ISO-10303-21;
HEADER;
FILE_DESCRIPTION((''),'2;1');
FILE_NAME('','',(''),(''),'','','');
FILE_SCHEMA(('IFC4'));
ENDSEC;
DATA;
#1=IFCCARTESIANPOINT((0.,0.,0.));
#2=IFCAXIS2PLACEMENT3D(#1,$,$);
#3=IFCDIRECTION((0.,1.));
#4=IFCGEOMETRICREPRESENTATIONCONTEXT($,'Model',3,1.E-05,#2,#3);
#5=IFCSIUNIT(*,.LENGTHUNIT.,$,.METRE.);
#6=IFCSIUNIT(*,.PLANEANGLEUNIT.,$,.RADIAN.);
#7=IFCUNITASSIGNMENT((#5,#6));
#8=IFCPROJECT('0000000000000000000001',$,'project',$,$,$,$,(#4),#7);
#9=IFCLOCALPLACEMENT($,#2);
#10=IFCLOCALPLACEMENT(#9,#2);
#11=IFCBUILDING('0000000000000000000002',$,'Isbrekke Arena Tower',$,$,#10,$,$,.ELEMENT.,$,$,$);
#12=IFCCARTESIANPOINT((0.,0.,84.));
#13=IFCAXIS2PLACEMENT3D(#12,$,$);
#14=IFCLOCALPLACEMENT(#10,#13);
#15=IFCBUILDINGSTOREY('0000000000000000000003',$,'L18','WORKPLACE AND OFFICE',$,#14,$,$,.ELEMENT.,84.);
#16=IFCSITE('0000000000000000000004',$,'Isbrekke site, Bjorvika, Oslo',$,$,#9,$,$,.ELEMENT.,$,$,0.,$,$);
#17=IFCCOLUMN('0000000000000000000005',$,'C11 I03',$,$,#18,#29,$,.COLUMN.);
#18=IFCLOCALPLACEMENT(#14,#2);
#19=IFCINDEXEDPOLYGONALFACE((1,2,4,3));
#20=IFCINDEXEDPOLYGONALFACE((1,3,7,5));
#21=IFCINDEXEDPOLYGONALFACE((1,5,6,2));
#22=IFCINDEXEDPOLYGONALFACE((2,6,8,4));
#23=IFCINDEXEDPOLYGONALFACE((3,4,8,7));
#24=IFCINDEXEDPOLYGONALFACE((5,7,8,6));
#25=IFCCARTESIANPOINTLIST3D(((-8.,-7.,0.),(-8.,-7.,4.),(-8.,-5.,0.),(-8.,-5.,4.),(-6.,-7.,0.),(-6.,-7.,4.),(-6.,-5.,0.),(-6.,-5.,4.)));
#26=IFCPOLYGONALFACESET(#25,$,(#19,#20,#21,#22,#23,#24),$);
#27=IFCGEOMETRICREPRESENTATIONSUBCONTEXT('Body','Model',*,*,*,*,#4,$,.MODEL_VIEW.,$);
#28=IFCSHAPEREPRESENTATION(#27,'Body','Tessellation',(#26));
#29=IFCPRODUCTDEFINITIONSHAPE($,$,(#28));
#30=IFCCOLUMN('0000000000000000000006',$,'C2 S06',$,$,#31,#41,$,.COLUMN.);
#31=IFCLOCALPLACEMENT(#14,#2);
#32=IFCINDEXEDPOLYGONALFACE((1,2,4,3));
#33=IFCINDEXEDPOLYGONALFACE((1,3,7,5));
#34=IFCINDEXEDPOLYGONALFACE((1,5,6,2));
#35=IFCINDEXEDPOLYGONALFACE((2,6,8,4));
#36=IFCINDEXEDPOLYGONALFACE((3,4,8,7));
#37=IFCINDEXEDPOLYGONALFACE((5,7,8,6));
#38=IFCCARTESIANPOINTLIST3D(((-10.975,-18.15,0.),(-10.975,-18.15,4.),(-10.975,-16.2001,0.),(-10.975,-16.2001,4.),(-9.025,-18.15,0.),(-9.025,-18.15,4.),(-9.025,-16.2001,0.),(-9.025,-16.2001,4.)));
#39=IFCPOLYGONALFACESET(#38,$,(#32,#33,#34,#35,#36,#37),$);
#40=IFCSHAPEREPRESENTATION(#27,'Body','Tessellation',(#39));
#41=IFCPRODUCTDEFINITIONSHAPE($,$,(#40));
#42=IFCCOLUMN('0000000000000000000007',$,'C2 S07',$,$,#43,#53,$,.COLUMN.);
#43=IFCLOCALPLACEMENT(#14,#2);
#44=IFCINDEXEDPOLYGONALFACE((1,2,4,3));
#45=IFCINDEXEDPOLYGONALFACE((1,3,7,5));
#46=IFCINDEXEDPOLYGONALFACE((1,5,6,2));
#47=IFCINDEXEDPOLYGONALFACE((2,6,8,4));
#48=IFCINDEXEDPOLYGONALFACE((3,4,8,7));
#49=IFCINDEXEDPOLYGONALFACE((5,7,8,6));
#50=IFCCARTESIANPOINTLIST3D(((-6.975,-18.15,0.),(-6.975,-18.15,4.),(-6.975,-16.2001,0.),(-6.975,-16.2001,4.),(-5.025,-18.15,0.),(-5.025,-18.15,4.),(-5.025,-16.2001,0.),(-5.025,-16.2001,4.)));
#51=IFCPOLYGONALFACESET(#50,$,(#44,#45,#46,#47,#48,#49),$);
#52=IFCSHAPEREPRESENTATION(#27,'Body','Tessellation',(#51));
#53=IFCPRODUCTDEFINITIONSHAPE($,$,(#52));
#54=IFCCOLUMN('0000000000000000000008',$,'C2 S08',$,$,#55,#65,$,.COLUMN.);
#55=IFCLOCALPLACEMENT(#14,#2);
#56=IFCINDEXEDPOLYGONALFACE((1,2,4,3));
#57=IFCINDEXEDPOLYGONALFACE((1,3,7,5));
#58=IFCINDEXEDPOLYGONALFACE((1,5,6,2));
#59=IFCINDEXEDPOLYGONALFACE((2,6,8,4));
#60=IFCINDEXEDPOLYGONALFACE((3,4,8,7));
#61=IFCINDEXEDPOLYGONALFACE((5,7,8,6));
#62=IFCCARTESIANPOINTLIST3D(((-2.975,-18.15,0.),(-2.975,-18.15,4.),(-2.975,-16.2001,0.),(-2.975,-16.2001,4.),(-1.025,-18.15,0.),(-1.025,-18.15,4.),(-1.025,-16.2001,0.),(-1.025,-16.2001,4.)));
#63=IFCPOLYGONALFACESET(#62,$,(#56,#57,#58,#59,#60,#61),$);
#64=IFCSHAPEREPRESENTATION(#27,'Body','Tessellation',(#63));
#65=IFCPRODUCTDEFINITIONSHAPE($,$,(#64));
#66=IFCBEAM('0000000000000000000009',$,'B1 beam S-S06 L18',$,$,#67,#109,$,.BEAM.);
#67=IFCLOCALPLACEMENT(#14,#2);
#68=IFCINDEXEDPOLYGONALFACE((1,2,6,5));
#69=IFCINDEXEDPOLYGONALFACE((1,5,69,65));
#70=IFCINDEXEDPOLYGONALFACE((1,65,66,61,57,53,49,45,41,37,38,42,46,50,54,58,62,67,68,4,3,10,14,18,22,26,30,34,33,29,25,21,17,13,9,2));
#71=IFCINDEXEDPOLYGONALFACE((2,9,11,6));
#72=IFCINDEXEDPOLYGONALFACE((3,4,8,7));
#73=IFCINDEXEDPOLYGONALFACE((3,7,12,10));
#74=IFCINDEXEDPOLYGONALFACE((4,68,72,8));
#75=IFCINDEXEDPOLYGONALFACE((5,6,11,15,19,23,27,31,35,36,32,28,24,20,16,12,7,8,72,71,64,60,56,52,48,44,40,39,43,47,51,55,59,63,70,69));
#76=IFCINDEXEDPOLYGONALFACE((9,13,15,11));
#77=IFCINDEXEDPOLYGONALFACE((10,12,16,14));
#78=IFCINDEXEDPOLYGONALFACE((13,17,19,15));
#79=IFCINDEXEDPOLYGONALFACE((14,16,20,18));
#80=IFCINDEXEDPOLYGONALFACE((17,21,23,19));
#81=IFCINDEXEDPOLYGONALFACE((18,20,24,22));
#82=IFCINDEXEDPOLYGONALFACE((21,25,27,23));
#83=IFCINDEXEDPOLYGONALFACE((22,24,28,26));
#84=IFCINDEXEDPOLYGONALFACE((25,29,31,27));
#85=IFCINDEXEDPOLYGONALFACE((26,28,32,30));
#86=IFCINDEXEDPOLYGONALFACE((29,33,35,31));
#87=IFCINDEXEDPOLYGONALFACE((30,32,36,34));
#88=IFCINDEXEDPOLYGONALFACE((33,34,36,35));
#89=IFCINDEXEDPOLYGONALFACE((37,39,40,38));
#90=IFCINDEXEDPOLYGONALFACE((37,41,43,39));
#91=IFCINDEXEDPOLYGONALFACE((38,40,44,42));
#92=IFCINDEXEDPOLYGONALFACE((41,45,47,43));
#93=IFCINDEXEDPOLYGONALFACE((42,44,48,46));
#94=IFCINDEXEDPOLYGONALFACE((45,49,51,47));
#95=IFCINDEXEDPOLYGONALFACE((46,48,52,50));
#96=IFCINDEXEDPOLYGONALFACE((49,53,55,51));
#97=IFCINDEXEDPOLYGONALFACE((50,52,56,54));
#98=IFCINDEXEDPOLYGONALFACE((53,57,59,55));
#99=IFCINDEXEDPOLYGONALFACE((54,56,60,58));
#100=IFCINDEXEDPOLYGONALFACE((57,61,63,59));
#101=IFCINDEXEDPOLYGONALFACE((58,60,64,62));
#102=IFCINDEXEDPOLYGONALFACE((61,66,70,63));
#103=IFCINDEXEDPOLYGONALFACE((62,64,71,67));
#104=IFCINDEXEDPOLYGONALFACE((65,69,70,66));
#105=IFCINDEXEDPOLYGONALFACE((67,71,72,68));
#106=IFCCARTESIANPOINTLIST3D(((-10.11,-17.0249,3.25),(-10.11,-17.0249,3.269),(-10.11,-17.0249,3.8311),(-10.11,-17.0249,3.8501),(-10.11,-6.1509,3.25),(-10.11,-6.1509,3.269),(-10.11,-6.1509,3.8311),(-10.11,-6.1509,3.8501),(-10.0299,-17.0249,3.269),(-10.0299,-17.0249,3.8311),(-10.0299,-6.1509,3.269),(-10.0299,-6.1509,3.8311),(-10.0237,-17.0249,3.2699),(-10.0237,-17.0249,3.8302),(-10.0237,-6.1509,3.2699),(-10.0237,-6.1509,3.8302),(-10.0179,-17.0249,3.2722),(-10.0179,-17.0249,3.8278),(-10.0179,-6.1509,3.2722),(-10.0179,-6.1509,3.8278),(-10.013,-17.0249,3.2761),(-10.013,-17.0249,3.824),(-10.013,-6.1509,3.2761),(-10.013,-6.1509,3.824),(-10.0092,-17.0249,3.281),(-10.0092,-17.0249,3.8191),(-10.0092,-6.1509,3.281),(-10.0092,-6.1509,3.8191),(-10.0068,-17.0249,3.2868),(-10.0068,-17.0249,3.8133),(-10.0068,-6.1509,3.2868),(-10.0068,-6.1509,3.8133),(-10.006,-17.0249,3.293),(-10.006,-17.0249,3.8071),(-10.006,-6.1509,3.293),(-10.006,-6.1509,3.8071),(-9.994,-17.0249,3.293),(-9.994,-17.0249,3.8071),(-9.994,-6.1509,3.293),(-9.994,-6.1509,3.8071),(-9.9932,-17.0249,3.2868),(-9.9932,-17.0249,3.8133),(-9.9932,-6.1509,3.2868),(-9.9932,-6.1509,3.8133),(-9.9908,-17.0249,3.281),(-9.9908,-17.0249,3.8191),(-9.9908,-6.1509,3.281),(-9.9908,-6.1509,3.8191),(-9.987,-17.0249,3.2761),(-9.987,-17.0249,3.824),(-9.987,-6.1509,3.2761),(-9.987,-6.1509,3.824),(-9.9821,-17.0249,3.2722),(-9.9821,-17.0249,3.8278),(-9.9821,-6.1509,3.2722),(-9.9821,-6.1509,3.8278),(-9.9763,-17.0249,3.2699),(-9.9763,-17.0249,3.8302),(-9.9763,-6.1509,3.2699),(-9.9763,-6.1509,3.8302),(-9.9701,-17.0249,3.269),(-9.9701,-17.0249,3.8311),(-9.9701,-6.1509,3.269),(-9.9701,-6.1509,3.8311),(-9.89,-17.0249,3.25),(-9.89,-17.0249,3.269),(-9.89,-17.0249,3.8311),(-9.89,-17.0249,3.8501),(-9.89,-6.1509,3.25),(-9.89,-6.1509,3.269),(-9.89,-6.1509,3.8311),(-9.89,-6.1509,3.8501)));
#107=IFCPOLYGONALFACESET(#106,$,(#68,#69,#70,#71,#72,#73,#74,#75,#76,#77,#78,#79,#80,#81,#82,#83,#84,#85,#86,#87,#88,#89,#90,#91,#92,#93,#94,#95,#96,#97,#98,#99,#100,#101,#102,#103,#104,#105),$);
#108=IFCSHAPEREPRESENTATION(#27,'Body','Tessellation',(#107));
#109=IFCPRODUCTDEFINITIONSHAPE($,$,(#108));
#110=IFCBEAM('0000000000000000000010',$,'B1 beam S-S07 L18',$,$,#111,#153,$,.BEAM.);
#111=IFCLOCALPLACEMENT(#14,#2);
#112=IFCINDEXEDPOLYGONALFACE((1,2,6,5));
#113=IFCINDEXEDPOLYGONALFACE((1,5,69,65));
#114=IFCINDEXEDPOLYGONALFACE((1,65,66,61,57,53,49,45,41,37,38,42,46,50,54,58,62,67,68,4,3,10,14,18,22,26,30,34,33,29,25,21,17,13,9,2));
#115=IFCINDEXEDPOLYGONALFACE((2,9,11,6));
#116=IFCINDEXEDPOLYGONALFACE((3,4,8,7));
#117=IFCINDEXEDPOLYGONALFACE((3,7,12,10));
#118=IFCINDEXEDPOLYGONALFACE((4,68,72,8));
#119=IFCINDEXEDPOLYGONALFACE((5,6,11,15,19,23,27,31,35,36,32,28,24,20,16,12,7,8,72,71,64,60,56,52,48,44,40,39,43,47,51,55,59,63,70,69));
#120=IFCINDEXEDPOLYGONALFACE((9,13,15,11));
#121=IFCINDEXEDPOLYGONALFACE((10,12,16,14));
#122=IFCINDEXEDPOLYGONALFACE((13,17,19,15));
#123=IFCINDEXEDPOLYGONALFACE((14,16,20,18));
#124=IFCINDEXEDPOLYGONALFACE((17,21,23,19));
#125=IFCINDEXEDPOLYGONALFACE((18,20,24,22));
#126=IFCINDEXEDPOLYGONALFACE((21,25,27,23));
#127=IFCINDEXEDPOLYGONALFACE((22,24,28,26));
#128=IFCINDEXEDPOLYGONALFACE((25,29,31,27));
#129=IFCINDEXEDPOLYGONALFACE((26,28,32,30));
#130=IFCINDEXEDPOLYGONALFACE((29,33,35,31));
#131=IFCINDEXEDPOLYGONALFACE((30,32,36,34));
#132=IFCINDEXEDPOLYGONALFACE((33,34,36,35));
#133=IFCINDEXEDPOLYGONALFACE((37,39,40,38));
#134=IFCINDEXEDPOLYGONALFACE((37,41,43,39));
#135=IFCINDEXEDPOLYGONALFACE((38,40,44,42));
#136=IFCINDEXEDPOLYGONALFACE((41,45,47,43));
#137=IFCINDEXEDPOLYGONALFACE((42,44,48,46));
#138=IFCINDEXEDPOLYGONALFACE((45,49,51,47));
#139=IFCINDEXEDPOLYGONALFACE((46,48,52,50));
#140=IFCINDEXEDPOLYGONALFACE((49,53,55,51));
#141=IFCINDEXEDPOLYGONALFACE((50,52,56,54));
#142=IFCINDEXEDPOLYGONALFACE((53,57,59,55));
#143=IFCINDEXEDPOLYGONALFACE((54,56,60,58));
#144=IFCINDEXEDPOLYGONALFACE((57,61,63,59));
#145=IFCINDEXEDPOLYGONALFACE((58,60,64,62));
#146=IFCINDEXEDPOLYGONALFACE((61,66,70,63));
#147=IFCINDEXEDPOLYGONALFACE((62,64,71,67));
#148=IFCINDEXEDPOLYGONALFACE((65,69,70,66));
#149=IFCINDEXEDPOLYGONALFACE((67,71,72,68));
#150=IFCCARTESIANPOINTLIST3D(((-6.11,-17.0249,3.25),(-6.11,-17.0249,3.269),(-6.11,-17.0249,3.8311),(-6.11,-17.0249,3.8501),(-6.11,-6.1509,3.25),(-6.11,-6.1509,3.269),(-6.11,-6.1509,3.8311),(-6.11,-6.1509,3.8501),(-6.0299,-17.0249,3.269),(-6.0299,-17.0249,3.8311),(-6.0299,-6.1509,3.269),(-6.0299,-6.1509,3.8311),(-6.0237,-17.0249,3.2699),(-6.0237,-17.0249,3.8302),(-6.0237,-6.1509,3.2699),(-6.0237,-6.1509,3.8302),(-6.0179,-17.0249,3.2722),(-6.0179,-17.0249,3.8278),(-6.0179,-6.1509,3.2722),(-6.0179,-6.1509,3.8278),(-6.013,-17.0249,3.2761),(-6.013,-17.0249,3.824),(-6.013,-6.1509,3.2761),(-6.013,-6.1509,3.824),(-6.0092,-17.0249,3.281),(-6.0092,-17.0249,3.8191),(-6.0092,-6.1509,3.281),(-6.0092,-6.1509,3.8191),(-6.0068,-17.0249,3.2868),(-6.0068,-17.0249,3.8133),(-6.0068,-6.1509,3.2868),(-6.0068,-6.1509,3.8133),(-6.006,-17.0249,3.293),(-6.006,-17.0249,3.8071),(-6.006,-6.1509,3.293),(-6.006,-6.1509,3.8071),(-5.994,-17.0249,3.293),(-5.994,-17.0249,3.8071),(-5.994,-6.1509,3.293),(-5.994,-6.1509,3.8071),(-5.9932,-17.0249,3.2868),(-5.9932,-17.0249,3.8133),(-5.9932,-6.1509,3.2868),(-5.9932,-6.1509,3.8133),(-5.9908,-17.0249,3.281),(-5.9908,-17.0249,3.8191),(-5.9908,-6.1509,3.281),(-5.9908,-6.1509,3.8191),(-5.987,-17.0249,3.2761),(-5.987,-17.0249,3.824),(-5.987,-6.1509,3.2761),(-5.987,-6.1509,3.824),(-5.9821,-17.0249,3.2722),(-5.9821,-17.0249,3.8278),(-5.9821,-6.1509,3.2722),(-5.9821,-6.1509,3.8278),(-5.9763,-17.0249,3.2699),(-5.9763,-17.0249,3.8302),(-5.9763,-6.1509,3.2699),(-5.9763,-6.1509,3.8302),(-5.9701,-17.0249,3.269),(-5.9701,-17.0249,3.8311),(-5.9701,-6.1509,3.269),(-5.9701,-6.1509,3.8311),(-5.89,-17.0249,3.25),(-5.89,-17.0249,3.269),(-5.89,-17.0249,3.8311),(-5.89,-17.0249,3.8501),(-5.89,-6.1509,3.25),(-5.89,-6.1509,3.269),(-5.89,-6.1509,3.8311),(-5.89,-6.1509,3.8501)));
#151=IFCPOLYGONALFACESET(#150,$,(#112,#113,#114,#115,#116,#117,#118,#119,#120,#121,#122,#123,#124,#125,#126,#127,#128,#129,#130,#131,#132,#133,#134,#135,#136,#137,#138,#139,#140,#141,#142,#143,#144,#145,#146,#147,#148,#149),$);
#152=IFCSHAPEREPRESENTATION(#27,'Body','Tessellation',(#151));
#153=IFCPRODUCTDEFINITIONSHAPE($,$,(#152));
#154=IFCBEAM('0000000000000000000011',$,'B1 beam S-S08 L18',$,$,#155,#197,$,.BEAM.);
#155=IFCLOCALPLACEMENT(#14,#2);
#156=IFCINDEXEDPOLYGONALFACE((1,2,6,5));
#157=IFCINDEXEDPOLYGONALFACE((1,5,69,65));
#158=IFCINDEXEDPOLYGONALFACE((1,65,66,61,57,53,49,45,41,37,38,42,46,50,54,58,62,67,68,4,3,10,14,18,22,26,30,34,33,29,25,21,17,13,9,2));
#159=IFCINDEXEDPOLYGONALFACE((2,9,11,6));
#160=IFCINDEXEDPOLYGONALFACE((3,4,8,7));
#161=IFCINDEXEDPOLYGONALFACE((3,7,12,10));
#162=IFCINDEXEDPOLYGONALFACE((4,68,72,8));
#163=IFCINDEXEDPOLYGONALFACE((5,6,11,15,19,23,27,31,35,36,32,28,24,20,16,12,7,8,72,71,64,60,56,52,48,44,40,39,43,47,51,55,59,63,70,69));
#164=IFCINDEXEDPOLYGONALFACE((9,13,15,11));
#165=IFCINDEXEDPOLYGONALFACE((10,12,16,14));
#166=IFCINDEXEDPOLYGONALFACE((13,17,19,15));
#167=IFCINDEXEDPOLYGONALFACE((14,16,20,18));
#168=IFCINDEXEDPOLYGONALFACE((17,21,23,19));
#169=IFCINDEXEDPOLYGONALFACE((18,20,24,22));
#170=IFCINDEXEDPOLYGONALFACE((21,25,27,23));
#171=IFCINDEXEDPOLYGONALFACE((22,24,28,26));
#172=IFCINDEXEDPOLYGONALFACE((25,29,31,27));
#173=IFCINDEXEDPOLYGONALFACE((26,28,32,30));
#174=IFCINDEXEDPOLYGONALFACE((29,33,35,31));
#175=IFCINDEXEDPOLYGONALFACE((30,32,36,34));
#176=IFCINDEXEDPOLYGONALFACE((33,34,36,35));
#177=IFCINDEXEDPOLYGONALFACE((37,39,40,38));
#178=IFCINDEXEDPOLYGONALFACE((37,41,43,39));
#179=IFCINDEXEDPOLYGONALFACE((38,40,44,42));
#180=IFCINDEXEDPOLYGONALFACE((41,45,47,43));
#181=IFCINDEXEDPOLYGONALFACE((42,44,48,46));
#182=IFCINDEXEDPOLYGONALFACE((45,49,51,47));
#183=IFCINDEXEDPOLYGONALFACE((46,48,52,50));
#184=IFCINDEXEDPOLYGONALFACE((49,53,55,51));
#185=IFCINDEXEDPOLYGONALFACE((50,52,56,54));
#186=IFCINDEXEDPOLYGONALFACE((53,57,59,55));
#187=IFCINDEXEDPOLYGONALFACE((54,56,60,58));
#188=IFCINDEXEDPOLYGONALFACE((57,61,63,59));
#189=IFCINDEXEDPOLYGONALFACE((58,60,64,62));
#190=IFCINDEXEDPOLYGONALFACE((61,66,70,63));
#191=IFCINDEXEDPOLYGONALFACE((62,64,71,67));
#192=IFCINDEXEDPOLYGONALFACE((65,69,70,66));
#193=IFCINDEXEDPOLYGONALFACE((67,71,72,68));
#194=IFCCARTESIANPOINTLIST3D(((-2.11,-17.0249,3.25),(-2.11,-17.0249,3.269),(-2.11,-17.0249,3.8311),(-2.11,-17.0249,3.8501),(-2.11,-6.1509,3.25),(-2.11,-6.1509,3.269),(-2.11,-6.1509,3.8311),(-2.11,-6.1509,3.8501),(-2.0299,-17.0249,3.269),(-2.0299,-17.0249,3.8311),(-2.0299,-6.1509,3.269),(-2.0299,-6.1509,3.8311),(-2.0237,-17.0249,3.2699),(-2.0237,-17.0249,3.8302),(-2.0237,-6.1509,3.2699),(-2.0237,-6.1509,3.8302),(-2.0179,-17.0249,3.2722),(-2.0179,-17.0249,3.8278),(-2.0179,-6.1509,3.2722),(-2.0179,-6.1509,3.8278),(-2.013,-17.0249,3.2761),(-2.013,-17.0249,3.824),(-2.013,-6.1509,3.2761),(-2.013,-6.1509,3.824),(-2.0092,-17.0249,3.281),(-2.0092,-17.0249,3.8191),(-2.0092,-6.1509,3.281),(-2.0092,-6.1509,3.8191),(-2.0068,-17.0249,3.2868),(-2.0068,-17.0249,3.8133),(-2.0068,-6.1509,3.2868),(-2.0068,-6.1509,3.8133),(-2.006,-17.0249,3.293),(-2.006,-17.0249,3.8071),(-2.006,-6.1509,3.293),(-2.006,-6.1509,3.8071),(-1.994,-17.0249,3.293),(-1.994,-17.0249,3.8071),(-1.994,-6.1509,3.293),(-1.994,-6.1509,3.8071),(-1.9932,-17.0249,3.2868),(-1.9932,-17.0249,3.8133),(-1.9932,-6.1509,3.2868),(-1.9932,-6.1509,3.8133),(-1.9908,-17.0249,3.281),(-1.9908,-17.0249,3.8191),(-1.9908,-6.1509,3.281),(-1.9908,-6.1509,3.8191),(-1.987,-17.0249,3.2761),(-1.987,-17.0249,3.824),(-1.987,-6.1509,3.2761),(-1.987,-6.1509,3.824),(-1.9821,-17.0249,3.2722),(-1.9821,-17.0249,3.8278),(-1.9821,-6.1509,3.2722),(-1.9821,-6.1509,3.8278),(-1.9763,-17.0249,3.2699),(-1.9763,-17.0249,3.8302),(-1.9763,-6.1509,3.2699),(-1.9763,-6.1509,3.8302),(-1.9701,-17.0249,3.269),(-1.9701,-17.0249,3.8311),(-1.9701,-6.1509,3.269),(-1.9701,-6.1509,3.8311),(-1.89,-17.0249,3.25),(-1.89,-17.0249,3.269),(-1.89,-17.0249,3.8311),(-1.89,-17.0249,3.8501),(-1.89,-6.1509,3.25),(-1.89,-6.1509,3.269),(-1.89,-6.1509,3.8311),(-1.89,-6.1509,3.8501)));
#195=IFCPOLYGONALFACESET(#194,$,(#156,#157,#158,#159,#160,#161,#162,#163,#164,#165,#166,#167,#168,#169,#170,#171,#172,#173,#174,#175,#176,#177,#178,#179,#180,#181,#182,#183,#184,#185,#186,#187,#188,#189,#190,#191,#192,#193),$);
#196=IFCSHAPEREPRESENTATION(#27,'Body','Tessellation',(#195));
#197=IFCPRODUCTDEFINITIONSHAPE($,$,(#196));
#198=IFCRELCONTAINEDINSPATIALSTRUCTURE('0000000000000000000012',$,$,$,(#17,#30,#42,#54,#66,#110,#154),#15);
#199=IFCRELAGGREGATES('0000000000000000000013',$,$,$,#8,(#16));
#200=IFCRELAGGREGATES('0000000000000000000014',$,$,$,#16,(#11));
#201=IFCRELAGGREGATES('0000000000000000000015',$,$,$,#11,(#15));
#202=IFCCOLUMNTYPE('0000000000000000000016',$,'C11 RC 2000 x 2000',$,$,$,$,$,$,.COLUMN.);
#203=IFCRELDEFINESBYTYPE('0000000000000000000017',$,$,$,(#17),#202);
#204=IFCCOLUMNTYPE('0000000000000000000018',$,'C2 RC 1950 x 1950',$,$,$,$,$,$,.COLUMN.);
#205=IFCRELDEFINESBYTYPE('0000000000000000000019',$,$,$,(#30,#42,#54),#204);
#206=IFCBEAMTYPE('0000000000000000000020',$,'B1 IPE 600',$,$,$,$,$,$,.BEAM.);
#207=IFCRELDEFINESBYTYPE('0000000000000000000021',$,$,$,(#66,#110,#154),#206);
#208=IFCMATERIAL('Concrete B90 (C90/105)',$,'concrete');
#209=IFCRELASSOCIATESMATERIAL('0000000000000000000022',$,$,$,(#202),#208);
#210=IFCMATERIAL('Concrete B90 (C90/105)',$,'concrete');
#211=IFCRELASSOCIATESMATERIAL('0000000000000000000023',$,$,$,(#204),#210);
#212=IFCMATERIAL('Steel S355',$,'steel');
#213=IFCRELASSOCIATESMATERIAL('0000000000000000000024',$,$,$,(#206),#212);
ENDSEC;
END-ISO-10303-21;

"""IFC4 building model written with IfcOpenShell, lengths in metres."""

from ifc_helpers import new_model, si_unit, direction, frame, origin, origin_2d, place, context, subcontext, project, spatial, rectangle, i_section, extrude, material, material_profile, profile_set, type_object, element, save


model = new_model("IFC4")

# Units and contexts
model_context = context("Model", 3, precision=1e-05, world=origin(), true_north=direction((0.0, 1.0)))
body_context = subcontext(model_context, "Body", "Model", "MODEL_VIEW")
ifc_project = project(units=[si_unit("LENGTHUNIT", "METRE"), si_unit("PLANEANGLEUNIT", "RADIAN")], contexts=[model_context])

# Site, building, storey
site_placement = place(None, origin())
site = spatial("IfcSite", under=ifc_project, at=site_placement, Name="Isbrekke site, Bjorvika, Oslo", CompositionType="ELEMENT", RefElevation=0.0)
building_placement = place(site_placement, origin())
building = spatial("IfcBuilding", under=site, at=building_placement, Name="Isbrekke Arena Tower", CompositionType="ELEMENT")
storey_placement = place(building_placement, frame((0.0, 0.0, 84.0)))
storey = spatial("IfcBuildingStorey", under=building, at=storey_placement, Name="L18", Description="WORKPLACE AND OFFICE", CompositionType="ELEMENT", Elevation=84.0)

# Columns
ifc_material_1 = material(Name="Concrete B90 (C90/105)", Category="concrete")
ifc_material_profile_1 = material_profile(ifc_material_1, rectangle(XDim=2.0, YDim=2.0, at=origin_2d()), Name="RC 2000x2000")
ifc_profile_set_1 = profile_set([ifc_material_profile_1], Name="Concrete B90 (C90/105)")
column_type_1 = type_object("IfcColumnType", Name="C11 RC 2000 x 2000", PredefinedType="COLUMN", material=ifc_profile_set_1)
column_placement = place(storey_placement, frame((-7.0, -6.0, 0.0), z_axis=(0.0, 0.0, 1.0), x_axis=(1.0, 0.0, 0.0)))
element("IfcColumn", 1, at=column_placement, inside=storey, type_object=column_type_1, Name="C11 I03", PredefinedType="COLUMN", context=body_context, shape_type="SweptSolid", body=[
    extrude(rectangle(XDim=2.0, YDim=2.0, at=origin_2d()), origin(), (0.0, 0.0, 1.0), 4.0),
])
ifc_material_2 = material(Name="Concrete B90 (C90/105)", Category="concrete")
ifc_material_profile_2 = material_profile(ifc_material_2, rectangle(XDim=1.95, YDim=1.95, at=origin_2d()), Name="RC 1950x1950")
ifc_profile_set_2 = profile_set([ifc_material_profile_2], Name="Concrete B90 (C90/105)")
column_type_2 = type_object("IfcColumnType", Name="C2 RC 1950 x 1950", PredefinedType="COLUMN", material=ifc_profile_set_2)
for number, where, z_axis, x_axis, name in (
    (2, (-10.0, -17.175, 0.0), (0.0, 0.0, 1.0), (1.0, 0.0, 0.0), "C2 S06"),
    (3, (-6.0, -17.175, 0.0), (0.0, 0.0, 1.0), (1.0, 0.0, 0.0), "C2 S07"),
    (4, (-2.0, -17.175, 0.0), (0.0, 0.0, 1.0), (1.0, 0.0, 0.0), "C2 S08"),
):
    element("IfcColumn", number, at=place(storey_placement, frame(where, z_axis=z_axis, x_axis=x_axis)), inside=storey, type_object=column_type_2, Name=name, PredefinedType="COLUMN", context=body_context, shape_type="SweptSolid", body=[
        extrude(rectangle(XDim=1.95, YDim=1.95, at=origin_2d()), origin(), (0.0, 0.0, 1.0), 4.0),
    ])

# Beams
ifc_material_3 = material(Name="Steel S355", Category="steel")
ifc_material_profile_3 = material_profile(ifc_material_3, i_section(OverallWidth=0.22, OverallDepth=0.6001, WebThickness=0.012, FlangeThickness=0.019, FilletRadius=0.0239, at=origin_2d()), Name="IPE 600")
ifc_profile_set_3 = profile_set([ifc_material_profile_3], Name="Steel S355")
beam_type_1 = type_object("IfcBeamType", Name="B1 IPE 600", PredefinedType="BEAM", material=ifc_profile_set_3)
for number, where, z_axis, x_axis, name in (
    (5, (-10.0, -17.0249, 3.55), (0.0, 1.0, 0.0), (-1.0, 0.0, 0.0), "B1 beam S-S06 L18"),
    (6, (-6.0, -17.0249, 3.55), (0.0, 1.0, 0.0), (-1.0, 0.0, 0.0), "B1 beam S-S07 L18"),
    (7, (-2.0, -17.0249, 3.55), (0.0, 1.0, 0.0), (-1.0, 0.0, 0.0), "B1 beam S-S08 L18"),
):
    element("IfcBeam", number, at=place(storey_placement, frame(where, z_axis=z_axis, x_axis=x_axis)), inside=storey, type_object=beam_type_1, Name=name, PredefinedType="BEAM", context=body_context, shape_type="SweptSolid", body=[
        extrude(i_section(OverallWidth=0.22, OverallDepth=0.6001, WebThickness=0.012, FlangeThickness=0.019, FilletRadius=0.0239, at=origin_2d()), origin(), (0.0, 0.0, 1.0), 10.874),
    ])

save(model, "model.ifc")
